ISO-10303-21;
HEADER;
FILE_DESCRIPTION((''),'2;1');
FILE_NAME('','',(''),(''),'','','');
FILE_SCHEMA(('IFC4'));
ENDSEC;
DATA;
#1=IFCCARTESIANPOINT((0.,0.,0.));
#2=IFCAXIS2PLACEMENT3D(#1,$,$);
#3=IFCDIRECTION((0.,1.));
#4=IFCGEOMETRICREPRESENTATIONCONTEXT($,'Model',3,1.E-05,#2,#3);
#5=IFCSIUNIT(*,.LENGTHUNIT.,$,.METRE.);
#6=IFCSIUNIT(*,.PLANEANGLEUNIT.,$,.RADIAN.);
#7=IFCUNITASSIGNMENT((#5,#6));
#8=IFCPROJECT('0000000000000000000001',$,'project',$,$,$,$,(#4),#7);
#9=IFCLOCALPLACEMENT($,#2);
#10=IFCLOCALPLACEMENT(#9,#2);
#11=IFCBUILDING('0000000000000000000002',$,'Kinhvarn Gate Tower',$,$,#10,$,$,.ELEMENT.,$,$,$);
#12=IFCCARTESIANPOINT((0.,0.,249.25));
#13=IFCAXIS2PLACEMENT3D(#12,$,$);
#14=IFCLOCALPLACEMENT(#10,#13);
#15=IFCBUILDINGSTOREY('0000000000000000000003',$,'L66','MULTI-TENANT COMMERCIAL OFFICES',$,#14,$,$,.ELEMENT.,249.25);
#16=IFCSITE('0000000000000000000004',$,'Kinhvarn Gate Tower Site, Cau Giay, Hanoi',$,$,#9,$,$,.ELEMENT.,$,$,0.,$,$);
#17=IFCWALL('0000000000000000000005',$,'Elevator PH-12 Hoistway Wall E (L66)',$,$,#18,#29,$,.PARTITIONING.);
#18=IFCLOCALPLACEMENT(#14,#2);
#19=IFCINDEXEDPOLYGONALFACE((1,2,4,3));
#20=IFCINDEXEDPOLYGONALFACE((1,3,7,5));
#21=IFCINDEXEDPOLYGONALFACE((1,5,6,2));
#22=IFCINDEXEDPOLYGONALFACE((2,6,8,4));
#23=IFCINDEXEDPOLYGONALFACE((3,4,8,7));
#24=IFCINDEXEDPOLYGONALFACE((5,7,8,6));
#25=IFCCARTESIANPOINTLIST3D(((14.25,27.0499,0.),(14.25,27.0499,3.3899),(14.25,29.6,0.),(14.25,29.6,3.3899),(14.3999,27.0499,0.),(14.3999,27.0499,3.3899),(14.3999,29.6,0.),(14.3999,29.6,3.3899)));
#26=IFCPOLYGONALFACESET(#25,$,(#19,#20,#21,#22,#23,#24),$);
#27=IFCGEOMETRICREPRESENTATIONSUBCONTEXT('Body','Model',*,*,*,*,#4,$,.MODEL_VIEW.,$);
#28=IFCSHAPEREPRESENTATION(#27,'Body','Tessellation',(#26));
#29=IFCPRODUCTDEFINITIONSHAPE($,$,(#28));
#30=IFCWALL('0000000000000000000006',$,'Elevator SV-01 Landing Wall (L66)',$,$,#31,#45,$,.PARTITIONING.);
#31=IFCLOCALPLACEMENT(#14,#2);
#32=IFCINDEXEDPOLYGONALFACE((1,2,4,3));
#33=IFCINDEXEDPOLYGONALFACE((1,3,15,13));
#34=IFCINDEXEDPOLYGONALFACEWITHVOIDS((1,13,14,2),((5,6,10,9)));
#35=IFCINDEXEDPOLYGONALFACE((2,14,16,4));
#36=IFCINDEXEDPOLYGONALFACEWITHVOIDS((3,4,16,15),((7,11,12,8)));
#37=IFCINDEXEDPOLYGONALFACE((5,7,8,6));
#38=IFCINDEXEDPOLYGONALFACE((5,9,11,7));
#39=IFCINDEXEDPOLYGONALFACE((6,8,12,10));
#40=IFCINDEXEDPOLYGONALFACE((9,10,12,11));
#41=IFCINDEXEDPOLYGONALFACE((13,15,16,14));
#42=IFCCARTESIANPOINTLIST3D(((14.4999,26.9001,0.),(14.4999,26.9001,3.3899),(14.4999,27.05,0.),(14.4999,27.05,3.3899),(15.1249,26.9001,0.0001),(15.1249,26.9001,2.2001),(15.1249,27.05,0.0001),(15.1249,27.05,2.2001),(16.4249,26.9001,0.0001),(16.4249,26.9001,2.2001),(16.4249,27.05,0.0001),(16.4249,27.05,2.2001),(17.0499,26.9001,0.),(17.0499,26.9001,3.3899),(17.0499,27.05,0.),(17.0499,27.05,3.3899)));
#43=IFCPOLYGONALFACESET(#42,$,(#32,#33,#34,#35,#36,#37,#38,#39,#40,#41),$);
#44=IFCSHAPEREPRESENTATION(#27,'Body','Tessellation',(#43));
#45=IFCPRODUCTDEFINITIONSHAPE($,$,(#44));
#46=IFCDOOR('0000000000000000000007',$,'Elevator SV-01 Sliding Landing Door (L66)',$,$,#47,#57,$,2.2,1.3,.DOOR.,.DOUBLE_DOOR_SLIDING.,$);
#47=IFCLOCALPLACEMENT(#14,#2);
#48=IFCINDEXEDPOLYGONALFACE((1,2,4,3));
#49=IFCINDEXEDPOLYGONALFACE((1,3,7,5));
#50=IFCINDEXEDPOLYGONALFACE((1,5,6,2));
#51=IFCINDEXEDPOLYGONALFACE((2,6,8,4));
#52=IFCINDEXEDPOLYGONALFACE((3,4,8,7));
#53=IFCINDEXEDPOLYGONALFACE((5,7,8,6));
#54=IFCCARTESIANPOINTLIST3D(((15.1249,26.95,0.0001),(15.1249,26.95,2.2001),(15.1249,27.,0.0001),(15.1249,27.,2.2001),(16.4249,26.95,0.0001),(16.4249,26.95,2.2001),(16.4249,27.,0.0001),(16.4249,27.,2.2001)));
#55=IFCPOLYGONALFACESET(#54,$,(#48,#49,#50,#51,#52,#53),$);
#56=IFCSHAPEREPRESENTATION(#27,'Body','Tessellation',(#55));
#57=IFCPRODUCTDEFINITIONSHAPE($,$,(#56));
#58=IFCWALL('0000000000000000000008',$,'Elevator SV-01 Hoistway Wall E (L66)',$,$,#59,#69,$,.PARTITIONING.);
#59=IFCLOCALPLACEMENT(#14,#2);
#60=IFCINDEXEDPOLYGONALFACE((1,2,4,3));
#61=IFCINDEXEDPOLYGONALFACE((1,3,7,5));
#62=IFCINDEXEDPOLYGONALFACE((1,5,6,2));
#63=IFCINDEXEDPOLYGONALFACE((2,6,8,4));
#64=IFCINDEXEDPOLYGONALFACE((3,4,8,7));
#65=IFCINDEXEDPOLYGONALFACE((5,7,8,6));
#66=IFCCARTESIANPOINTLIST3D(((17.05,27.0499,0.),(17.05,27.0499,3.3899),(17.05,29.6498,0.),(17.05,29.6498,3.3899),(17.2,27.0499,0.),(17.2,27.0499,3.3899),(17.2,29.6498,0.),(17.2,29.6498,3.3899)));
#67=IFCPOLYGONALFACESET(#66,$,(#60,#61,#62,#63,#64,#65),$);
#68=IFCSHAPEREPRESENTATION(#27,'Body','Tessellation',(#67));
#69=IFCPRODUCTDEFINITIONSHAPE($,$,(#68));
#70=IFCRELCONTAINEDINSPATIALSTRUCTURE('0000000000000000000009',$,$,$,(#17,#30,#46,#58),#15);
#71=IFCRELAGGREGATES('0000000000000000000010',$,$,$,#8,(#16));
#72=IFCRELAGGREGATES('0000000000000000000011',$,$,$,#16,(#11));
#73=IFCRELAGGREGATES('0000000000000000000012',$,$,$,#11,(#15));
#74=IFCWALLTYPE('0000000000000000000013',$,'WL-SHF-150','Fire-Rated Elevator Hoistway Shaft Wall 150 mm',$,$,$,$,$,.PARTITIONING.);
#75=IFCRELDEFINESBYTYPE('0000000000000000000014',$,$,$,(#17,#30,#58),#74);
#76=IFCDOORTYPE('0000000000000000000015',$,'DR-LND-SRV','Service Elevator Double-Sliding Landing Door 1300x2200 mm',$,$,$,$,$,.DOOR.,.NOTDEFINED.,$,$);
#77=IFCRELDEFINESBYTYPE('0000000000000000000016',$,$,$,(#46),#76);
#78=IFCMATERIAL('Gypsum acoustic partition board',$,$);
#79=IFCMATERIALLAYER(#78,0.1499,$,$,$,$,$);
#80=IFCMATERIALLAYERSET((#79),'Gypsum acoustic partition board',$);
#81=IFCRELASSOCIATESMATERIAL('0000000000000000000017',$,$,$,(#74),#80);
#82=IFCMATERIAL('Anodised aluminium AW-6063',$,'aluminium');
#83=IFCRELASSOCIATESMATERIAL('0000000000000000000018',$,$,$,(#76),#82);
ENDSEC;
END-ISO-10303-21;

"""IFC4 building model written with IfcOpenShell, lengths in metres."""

from ifc_helpers import new_model, si_unit, direction, frame, frame_2d, origin, place, context, subcontext, project, spatial, rectangle, extrude, material, layer, layer_set, type_object, element, fill, save


model = new_model("IFC4")

# Units and contexts
model_context = context("Model", 3, precision=1e-05, world=origin(), true_north=direction((0.0, 1.0)))
body_context = subcontext(model_context, "Body", "Model", "MODEL_VIEW")
ifc_project = project(units=[si_unit("LENGTHUNIT", "METRE"), si_unit("PLANEANGLEUNIT", "RADIAN")], contexts=[model_context])

# Site, building, storey
site_placement = place(None, origin())
site = spatial("IfcSite", under=ifc_project, at=site_placement, Name="Kinhvarn Gate Tower Site, Cau Giay, Hanoi", CompositionType="ELEMENT", RefElevation=0.0)
building_placement = place(site_placement, origin())
building = spatial("IfcBuilding", under=site, at=building_placement, Name="Kinhvarn Gate Tower", CompositionType="ELEMENT")
storey_placement = place(building_placement, frame((0.0, 0.0, 249.25)))
storey = spatial("IfcBuildingStorey", under=building, at=storey_placement, Name="L66", Description="MULTI-TENANT COMMERCIAL OFFICES", CompositionType="ELEMENT", Elevation=249.25)

# Shared definitions
ifc_material_1 = material(Name="Anodised aluminium AW-6063", Category="aluminium")
ifc_material_2 = material(Name="Gypsum acoustic partition board")

# Wall
ifc_layer_1 = layer(ifc_material_2, 0.1499)
ifc_layer_set_1 = layer_set([ifc_layer_1], Name="Gypsum acoustic partition board")
wall_type_1 = type_object("IfcWallType", Name="WL-SHF-150", Description="Fire-Rated Elevator Hoistway Shaft Wall 150 mm", PredefinedType="PARTITIONING", material=ifc_layer_set_1)
wall_1_placement = place(storey_placement, frame((14.325, 27.05, 0.0), z_axis=(0.0, 0.0, 1.0), x_axis=(0.0, 1.0, 0.0)))
element("IfcWall", 1, at=wall_1_placement, inside=storey, type_object=wall_type_1, Name="Elevator PH-12 Hoistway Wall E (L66)", PredefinedType="PARTITIONING", context=body_context, shape_type="SweptSolid", body=[
    extrude(rectangle(XDim=2.55, YDim=0.1499, at=frame_2d((1.2749, 0.0))), origin(), (0.0, 0.0, 1.0), 3.3899),
])

# Wall, opening, door
wall_2_placement = place(storey_placement, frame((14.5, 26.9751, 0.0), z_axis=(0.0, 0.0, 1.0), x_axis=(1.0, 0.0, 0.0)))
wall_2 = element("IfcWall", 2, at=wall_2_placement, inside=storey, type_object=wall_type_1, Name="Elevator SV-01 Landing Wall (L66)", PredefinedType="PARTITIONING", context=body_context, shape_type="SweptSolid", body=[
    extrude(rectangle(XDim=2.55, YDim=0.1499, at=frame_2d((1.2749, 0.0))), origin(), (0.0, 0.0, 1.0), 3.3899),
])
opening_1_placement = place(wall_2_placement, frame((0.625, 0.0, 0.0)))
opening_1 = element("IfcOpeningElement", 3, at=opening_1_placement, cuts=wall_2, PredefinedType="OPENING", context=body_context, shape_type="SweptSolid", body=[
    extrude(rectangle(XDim=1.3, YDim=2.2, at=frame_2d((0.6499, 1.1001))), frame((0.0, 0.085, 0.0), z_axis=(0.0, -1.0, 0.0), x_axis=(1.0, 0.0, 0.0)), (0.0, 0.0, 1.0), 0.1699),
])
door_type_1 = type_object("IfcDoorType", Name="DR-LND-SRV", Description="Service Elevator Double-Sliding Landing Door 1300x2200 mm", OperationType="NOTDEFINED", PredefinedType="DOOR", material=ifc_material_1)
door_1_placement = place(opening_1_placement, origin())
door_1 = element("IfcDoor", 4, at=door_1_placement, inside=storey, type_object=door_type_1, Name="Elevator SV-01 Sliding Landing Door (L66)", OperationType="DOUBLE_DOOR_SLIDING", OverallHeight=2.2, OverallWidth=1.3, PredefinedType="DOOR", context=body_context, shape_type="SweptSolid", body=[
    extrude(rectangle(XDim=1.3, YDim=2.2, at=frame_2d((0.6499, 1.1001))), frame((0.0, 0.0249, 0.0), z_axis=(0.0, -1.0, 0.0), x_axis=(1.0, 0.0, 0.0)), (0.0, 0.0, 1.0), 0.05),
])
fill(opening_1, door_1)

# Wall
wall_3_placement = place(storey_placement, frame((17.125, 27.05, 0.0), z_axis=(0.0, 0.0, 1.0), x_axis=(0.0, 1.0, 0.0)))
element("IfcWall", 5, at=wall_3_placement, inside=storey, type_object=wall_type_1, Name="Elevator SV-01 Hoistway Wall E (L66)", PredefinedType="PARTITIONING", context=body_context, shape_type="SweptSolid", body=[
    extrude(rectangle(XDim=2.5999, YDim=0.1499, at=frame_2d((1.2998, 0.0))), origin(), (0.0, 0.0, 1.0), 3.3899),
])

save(model, "model.ifc")
